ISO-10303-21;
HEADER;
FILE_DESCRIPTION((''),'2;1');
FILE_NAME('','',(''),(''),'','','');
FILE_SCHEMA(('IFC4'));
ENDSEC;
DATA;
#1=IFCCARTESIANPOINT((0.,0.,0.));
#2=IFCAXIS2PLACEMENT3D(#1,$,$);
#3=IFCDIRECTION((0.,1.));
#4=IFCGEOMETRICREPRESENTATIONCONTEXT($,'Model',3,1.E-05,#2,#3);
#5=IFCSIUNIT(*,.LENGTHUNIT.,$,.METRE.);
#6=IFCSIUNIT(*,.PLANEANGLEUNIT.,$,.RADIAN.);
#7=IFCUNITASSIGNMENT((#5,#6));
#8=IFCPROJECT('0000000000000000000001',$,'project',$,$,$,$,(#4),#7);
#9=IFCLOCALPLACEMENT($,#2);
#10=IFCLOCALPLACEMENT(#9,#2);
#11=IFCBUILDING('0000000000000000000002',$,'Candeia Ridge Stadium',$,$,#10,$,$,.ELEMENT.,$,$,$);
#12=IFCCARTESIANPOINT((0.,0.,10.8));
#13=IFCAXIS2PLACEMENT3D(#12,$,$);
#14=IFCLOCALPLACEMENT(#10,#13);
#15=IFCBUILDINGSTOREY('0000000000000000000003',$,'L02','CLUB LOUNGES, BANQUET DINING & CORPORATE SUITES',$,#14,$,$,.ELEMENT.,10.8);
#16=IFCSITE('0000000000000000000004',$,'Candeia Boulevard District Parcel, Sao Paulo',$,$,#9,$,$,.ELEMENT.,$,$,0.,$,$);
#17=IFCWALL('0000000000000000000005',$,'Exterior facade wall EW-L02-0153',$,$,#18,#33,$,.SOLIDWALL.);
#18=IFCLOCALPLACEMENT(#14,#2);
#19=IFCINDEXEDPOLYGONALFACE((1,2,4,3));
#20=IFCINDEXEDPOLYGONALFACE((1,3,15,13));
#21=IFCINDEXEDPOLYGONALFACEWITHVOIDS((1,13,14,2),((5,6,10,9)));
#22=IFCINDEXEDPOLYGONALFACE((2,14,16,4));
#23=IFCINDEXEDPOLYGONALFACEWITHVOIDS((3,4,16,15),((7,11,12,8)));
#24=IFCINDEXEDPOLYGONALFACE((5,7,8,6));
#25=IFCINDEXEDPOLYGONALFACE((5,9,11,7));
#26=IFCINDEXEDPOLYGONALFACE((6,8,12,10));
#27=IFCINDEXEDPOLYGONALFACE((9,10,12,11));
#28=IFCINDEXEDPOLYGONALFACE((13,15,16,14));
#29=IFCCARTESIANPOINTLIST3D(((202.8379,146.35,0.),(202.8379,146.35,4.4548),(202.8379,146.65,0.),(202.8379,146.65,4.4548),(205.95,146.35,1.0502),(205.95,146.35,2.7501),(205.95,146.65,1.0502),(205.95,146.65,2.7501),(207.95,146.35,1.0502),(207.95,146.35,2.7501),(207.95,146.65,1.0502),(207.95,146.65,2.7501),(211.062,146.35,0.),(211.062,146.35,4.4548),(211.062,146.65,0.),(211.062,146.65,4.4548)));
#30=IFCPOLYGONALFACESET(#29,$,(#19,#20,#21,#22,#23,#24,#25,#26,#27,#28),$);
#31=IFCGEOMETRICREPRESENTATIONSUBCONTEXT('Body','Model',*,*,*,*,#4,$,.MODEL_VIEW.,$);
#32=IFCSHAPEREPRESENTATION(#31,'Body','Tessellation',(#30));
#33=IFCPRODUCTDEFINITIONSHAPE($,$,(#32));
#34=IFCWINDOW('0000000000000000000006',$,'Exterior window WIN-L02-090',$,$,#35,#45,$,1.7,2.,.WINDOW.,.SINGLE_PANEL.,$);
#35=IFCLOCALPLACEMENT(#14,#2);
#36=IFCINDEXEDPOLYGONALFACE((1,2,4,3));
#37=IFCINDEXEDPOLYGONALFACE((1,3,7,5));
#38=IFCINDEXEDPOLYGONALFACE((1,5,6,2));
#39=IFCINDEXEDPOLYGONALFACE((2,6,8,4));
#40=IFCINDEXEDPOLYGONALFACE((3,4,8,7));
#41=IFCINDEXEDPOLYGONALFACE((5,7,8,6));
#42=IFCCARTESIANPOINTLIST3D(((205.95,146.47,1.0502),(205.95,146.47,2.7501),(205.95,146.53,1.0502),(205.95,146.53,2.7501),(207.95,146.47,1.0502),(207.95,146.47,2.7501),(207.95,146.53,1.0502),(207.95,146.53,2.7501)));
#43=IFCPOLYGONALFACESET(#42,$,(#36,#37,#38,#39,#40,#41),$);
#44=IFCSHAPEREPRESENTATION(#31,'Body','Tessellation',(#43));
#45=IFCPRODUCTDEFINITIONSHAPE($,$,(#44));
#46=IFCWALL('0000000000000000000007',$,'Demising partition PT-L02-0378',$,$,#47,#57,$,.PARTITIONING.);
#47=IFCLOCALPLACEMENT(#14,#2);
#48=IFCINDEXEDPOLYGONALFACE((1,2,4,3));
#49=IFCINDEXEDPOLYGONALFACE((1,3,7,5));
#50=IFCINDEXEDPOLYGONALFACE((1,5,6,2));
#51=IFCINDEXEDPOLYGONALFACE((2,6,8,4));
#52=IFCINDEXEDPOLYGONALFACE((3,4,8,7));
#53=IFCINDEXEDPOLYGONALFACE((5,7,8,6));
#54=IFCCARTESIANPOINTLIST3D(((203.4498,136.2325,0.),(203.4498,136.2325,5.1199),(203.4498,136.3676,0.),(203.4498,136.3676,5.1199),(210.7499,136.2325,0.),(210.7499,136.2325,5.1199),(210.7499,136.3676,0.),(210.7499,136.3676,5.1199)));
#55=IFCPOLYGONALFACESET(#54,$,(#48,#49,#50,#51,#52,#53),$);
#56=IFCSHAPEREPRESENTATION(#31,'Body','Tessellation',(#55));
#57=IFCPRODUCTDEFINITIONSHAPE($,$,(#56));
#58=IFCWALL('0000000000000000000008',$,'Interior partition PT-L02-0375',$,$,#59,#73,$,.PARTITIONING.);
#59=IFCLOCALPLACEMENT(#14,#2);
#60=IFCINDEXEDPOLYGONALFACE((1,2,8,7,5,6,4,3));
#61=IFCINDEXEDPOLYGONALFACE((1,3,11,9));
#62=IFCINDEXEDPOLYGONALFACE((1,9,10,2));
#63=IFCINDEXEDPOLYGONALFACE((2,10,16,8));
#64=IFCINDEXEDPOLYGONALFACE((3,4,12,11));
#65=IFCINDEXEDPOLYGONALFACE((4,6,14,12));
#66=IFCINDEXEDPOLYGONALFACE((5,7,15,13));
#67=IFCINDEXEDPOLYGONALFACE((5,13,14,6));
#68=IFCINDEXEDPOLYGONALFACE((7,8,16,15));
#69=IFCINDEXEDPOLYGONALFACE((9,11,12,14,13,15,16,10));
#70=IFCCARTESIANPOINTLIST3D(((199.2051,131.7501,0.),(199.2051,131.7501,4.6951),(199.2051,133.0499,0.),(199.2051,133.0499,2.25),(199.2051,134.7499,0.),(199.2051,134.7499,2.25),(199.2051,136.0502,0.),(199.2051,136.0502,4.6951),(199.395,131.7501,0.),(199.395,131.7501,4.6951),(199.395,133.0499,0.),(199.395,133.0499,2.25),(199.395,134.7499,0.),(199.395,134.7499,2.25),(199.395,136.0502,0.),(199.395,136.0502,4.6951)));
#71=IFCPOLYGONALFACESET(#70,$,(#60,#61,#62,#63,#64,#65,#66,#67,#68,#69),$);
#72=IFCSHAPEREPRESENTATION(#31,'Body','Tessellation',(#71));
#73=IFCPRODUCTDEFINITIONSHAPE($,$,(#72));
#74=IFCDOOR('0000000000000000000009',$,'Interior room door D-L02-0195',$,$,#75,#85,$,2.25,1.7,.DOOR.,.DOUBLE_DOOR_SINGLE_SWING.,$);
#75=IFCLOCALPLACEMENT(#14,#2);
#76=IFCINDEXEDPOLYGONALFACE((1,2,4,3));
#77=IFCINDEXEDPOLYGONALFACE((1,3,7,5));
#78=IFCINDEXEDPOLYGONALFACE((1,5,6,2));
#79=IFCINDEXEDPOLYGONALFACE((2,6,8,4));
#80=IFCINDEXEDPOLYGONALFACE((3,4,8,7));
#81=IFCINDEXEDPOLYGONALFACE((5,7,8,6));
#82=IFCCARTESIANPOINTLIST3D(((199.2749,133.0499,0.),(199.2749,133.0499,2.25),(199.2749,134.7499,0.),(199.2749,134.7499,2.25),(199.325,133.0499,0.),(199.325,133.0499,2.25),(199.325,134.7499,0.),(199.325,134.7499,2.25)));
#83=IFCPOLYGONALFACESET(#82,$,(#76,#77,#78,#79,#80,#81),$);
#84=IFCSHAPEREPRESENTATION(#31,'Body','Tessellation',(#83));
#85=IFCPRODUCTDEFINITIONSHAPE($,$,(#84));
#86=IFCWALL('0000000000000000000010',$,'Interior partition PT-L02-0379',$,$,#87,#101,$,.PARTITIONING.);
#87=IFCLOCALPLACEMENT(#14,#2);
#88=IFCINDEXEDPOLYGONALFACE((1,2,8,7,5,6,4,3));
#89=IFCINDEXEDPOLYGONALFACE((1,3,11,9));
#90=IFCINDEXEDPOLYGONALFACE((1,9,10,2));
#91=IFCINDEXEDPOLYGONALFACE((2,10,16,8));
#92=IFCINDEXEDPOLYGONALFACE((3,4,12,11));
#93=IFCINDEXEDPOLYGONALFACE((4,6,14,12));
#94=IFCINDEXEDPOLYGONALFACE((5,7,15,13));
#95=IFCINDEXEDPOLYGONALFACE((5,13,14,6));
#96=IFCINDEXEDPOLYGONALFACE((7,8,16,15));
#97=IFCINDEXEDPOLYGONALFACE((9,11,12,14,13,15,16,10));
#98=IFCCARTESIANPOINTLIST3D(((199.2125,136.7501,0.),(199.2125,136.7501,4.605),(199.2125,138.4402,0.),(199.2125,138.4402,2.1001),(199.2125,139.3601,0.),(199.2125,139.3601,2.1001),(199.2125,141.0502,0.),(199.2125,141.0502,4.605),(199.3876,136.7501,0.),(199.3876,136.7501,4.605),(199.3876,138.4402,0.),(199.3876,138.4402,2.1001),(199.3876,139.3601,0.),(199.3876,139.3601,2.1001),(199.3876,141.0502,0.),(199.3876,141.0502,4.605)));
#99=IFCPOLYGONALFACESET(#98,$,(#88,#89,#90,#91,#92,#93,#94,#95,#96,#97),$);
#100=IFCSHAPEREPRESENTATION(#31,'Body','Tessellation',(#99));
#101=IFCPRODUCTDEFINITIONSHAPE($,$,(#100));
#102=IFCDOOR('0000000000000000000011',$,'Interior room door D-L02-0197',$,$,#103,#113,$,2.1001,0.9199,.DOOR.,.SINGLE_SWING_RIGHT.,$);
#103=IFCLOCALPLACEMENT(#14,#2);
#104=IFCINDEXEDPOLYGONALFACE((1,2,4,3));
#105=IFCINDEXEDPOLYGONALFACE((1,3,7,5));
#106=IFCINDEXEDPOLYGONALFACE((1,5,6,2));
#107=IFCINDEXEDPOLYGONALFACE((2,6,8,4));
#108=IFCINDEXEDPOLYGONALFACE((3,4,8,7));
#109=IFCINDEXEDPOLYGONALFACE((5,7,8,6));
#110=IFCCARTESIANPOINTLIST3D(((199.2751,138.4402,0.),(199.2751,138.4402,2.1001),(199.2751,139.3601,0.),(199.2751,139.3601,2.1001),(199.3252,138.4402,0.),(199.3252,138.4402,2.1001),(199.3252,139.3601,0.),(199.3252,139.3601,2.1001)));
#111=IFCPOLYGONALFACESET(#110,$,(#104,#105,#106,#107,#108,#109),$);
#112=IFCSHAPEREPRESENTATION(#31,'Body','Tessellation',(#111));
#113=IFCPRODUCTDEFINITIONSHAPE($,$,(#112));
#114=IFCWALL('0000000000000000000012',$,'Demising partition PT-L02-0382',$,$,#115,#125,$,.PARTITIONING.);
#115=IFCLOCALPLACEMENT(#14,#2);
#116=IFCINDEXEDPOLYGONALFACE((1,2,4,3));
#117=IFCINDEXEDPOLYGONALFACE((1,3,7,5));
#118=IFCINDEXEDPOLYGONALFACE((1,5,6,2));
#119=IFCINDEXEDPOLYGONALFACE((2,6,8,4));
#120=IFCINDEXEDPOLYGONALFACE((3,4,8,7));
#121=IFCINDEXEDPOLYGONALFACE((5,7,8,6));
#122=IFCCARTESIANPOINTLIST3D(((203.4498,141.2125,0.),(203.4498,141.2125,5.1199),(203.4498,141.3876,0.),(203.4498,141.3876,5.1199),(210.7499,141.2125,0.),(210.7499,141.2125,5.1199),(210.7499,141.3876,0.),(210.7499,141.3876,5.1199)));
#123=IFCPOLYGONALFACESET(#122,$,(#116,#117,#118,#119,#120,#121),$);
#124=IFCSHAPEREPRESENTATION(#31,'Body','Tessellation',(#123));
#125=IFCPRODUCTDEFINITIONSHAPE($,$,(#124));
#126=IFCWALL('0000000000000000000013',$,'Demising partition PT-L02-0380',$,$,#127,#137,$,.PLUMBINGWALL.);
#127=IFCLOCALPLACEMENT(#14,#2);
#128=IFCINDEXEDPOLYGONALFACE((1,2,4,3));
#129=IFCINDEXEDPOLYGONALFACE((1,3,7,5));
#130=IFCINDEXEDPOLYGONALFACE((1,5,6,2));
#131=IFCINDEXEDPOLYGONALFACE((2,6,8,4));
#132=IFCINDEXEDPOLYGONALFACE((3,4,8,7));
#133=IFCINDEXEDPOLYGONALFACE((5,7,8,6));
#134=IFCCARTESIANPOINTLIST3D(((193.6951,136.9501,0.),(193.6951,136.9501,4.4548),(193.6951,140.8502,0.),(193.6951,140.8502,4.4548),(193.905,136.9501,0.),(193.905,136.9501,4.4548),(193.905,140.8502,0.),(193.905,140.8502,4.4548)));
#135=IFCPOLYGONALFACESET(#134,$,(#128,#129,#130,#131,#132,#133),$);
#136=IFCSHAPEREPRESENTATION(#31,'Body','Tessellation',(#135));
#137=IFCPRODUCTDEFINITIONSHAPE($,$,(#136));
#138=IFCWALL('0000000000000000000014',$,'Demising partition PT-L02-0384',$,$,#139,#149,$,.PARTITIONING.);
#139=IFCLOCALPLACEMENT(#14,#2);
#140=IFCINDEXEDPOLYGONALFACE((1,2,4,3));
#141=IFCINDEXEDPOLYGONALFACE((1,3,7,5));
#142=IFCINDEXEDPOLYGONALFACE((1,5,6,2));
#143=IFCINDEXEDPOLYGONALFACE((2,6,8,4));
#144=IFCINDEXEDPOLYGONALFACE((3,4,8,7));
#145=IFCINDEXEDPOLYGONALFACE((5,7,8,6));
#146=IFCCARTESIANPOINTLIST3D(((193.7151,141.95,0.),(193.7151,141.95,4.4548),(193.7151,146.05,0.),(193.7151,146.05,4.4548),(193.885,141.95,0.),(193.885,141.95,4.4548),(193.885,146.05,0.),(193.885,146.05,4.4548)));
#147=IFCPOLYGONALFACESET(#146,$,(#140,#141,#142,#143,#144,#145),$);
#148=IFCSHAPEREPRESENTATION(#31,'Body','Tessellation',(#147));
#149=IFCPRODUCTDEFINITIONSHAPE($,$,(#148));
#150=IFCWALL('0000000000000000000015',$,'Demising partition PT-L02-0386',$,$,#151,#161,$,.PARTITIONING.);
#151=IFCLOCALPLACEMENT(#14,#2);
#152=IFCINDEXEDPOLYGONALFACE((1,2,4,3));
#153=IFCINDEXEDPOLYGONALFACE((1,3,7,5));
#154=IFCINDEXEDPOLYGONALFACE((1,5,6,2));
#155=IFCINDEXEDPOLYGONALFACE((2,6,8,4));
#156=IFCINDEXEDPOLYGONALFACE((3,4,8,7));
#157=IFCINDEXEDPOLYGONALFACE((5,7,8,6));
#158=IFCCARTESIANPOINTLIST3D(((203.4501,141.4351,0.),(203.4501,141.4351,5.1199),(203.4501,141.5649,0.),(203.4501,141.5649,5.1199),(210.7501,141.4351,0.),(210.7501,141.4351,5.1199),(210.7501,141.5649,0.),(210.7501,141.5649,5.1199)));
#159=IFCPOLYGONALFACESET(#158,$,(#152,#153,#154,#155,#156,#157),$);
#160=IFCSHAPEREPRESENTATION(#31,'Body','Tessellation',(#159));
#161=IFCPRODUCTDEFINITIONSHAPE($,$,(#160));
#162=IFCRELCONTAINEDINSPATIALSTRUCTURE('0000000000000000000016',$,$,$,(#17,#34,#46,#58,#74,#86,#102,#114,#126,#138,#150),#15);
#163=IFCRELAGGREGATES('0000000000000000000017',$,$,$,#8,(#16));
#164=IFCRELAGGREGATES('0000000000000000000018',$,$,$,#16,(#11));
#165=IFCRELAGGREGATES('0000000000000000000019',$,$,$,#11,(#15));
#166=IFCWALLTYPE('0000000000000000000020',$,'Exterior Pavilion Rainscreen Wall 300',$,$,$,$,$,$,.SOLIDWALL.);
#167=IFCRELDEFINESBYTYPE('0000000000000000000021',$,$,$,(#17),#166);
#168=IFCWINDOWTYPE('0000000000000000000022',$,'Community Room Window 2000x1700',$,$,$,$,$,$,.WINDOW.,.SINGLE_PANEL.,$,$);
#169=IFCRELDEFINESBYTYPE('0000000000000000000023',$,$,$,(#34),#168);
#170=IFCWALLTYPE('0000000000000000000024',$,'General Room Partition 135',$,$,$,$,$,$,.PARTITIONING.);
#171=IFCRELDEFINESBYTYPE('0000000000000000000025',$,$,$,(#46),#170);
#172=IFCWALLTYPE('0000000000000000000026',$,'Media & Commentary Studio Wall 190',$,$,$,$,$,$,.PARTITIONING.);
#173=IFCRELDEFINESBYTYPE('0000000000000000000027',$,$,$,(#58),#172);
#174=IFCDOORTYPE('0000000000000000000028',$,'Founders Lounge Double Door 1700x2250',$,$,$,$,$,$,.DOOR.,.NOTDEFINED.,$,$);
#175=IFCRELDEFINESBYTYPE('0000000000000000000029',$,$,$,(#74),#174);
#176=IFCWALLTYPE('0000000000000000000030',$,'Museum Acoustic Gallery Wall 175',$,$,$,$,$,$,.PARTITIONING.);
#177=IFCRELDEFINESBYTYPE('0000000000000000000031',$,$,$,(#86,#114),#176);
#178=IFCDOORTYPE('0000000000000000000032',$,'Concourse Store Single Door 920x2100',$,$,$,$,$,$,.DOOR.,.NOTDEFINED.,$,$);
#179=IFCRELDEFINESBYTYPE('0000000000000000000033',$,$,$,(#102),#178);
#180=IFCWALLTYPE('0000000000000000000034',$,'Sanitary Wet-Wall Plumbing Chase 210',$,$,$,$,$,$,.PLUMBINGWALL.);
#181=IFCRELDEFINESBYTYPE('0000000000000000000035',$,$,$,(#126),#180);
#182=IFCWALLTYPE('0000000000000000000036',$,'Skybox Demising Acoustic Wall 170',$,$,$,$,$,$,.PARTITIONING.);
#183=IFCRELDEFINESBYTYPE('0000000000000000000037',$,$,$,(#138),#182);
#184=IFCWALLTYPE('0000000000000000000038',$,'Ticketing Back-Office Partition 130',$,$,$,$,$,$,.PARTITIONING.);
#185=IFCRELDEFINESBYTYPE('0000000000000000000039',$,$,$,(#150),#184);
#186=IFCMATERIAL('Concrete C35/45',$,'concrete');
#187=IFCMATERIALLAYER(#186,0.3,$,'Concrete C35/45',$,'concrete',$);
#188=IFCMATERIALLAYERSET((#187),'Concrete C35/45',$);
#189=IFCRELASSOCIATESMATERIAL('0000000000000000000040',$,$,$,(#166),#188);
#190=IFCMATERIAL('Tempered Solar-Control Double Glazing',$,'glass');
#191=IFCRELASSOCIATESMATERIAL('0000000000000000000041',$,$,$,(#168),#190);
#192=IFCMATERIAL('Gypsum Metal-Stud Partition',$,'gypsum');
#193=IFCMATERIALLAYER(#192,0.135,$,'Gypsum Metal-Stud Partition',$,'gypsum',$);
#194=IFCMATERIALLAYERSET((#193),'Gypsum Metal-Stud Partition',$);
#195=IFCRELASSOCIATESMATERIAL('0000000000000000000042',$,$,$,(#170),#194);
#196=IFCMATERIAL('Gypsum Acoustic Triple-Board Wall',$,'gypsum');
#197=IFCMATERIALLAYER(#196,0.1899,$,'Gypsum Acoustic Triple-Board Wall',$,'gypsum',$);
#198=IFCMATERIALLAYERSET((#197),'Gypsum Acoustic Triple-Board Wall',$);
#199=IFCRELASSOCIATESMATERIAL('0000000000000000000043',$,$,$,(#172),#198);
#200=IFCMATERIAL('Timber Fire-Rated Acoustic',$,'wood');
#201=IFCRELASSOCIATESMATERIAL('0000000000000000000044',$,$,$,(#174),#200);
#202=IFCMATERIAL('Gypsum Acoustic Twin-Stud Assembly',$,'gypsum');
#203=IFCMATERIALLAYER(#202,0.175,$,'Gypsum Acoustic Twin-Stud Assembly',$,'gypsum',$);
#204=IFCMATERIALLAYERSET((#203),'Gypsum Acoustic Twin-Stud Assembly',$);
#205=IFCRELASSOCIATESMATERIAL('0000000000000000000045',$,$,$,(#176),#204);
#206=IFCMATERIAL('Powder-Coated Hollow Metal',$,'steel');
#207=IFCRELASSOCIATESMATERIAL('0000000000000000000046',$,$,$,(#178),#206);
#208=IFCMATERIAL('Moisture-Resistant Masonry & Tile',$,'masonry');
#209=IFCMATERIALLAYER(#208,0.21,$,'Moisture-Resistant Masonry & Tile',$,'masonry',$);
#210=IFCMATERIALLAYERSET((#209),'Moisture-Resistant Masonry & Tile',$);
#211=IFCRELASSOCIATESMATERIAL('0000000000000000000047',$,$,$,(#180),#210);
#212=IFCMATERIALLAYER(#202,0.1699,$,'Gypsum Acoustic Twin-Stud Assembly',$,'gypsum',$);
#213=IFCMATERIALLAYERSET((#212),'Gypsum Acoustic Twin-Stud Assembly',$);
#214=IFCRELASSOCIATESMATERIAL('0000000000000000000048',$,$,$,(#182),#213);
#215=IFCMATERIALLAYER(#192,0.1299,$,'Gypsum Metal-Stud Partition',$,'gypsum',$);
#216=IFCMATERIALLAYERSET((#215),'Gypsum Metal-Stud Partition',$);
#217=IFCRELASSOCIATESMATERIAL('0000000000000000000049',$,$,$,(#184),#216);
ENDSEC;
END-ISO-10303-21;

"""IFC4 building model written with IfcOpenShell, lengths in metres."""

from ifc_helpers import new_model, si_unit, direction, frame, frame_2d, origin, place, context, subcontext, project, spatial, rectangle, extrude, material, layer, layer_set, type_object, element, fill, save


model = new_model("IFC4")

# Units and contexts
model_context = context("Model", 3, precision=1e-05, world=origin(), true_north=direction((0.0, 1.0)))
body_context = subcontext(model_context, "Body", "Model", "MODEL_VIEW")
ifc_project = project(units=[si_unit("LENGTHUNIT", "METRE"), si_unit("PLANEANGLEUNIT", "RADIAN")], contexts=[model_context])

# Site, building, storey
site_placement = place(None, origin())
site = spatial("IfcSite", under=ifc_project, at=site_placement, Name="Candeia Boulevard District Parcel, Sao Paulo", CompositionType="ELEMENT", RefElevation=0.0)
building_placement = place(site_placement, origin())
building = spatial("IfcBuilding", under=site, at=building_placement, Name="Candeia Ridge Stadium", CompositionType="ELEMENT")
storey_placement = place(building_placement, frame((0.0, 0.0, 10.8)))
storey = spatial("IfcBuildingStorey", under=building, at=storey_placement, Name="L02", Description="CLUB LOUNGES, BANQUET DINING & CORPORATE SUITES", CompositionType="ELEMENT", Elevation=10.8)

# Shared definitions
ifc_material_1 = material(Name="Gypsum Metal-Stud Partition", Category="gypsum")
ifc_material_2 = material(Name="Gypsum Acoustic Twin-Stud Assembly", Category="gypsum")

# Wall, opening, window
ifc_material_3 = material(Name="Concrete C35/45", Category="concrete")
ifc_material_4 = material(Name="Tempered Solar-Control Double Glazing", Category="glass")
ifc_layer_1 = layer(ifc_material_3, 0.3, Name="Concrete C35/45", Category="concrete")
ifc_layer_set_1 = layer_set([ifc_layer_1], Name="Concrete C35/45")
wall_type_1 = type_object("IfcWallType", Name="Exterior Pavilion Rainscreen Wall 300", PredefinedType="SOLIDWALL", material=ifc_layer_set_1)
window_type_1 = type_object("IfcWindowType", Name="Community Room Window 2000x1700", PartitioningType="SINGLE_PANEL", PredefinedType="WINDOW", material=ifc_material_4)
wall_1_placement = place(storey_placement, frame((202.8379, 146.5, 0.0), z_axis=(0.0, 0.0, 1.0), x_axis=(1.0, 0.0, 0.0)))
wall_1 = element("IfcWall", 1, at=wall_1_placement, inside=storey, type_object=wall_type_1, Name="Exterior facade wall EW-L02-0153", PredefinedType="SOLIDWALL", context=body_context, shape_type="SweptSolid", body=[
    extrude(rectangle(XDim=8.2241, YDim=0.3, at=frame_2d((4.1121, 0.0))), origin(), (0.0, 0.0, 1.0), 4.4548),
])
opening_1_placement = place(wall_1_placement, frame((3.1121, 0.0, 1.05)))
opening_1 = element("IfcOpeningElement", 2, at=opening_1_placement, cuts=wall_1, PredefinedType="OPENING", context=body_context, shape_type="SweptSolid", body=[
    extrude(rectangle(XDim=2.0, YDim=1.7, at=frame_2d((1.0, 0.8501))), frame((0.0, 0.1599, 0.0), z_axis=(0.0, -1.0, 0.0), x_axis=(1.0, 0.0, 0.0)), (0.0, 0.0, 1.0), 0.3201),
])
window_1_placement = place(opening_1_placement, origin())
window_1 = element("IfcWindow", 3, at=window_1_placement, inside=storey, type_object=window_type_1, Name="Exterior window WIN-L02-090", OverallHeight=1.7, OverallWidth=2.0, PartitioningType="SINGLE_PANEL", PredefinedType="WINDOW", context=body_context, shape_type="SweptSolid", body=[
    extrude(rectangle(XDim=2.0, YDim=1.7, at=frame_2d((1.0, 0.8501))), frame((0.0, 0.03, 0.0), z_axis=(0.0, -1.0, 0.0), x_axis=(1.0, 0.0, 0.0)), (0.0, 0.0, 1.0), 0.0601),
])
fill(opening_1, window_1)

# Wall
ifc_layer_2 = layer(ifc_material_1, 0.135, Name="Gypsum Metal-Stud Partition", Category="gypsum")
ifc_layer_set_2 = layer_set([ifc_layer_2], Name="Gypsum Metal-Stud Partition")
wall_type_2 = type_object("IfcWallType", Name="General Room Partition 135", PredefinedType="PARTITIONING", material=ifc_layer_set_2)
wall_2_placement = place(storey_placement, frame((203.45, 136.3, 0.0), z_axis=(0.0, 0.0, 1.0), x_axis=(1.0, 0.0, 0.0)))
element("IfcWall", 4, at=wall_2_placement, inside=storey, type_object=wall_type_2, Name="Demising partition PT-L02-0378", PredefinedType="PARTITIONING", context=body_context, shape_type="SweptSolid", body=[
    extrude(rectangle(XDim=7.3, YDim=0.135, at=frame_2d((3.6499, 0.0))), origin(), (0.0, 0.0, 1.0), 5.1199),
])

# Walls, openings, doors
ifc_material_5 = material(Name="Gypsum Acoustic Triple-Board Wall", Category="gypsum")
ifc_layer_3 = layer(ifc_material_5, 0.1899, Name="Gypsum Acoustic Triple-Board Wall", Category="gypsum")
ifc_layer_set_3 = layer_set([ifc_layer_3], Name="Gypsum Acoustic Triple-Board Wall")
wall_type_3 = type_object("IfcWallType", Name="Media & Commentary Studio Wall 190", PredefinedType="PARTITIONING", material=ifc_layer_set_3)
wall_3_placement = place(storey_placement, frame((199.3, 136.05, 0.0), z_axis=(0.0, 0.0, 1.0), x_axis=(0.0, -1.0, 0.0)))
wall_3 = element("IfcWall", 5, at=wall_3_placement, inside=storey, type_object=wall_type_3, Name="Interior partition PT-L02-0375", PredefinedType="PARTITIONING", context=body_context, shape_type="SweptSolid", body=[
    extrude(rectangle(XDim=4.3, YDim=0.1899, at=frame_2d((2.1499, 0.0))), origin(), (0.0, 0.0, 1.0), 4.6951),
])
opening_2_placement = place(wall_3_placement, frame((1.3, 0.0, 0.0)))
opening_2 = element("IfcOpeningElement", 6, at=opening_2_placement, cuts=wall_3, PredefinedType="OPENING", context=body_context, shape_type="SweptSolid", body=[
    extrude(rectangle(XDim=1.7, YDim=2.25, at=frame_2d((0.8501, 1.125))), frame((0.0, 0.105, 0.0), z_axis=(0.0, -1.0, 0.0), x_axis=(1.0, 0.0, 0.0)), (0.0, 0.0, 1.0), 0.21),
])
ifc_material_6 = material(Name="Timber Fire-Rated Acoustic", Category="wood")
door_type_1 = type_object("IfcDoorType", Name="Founders Lounge Double Door 1700x2250", OperationType="NOTDEFINED", PredefinedType="DOOR", material=ifc_material_6)
door_1_placement = place(opening_2_placement, origin())
door_1 = element("IfcDoor", 7, at=door_1_placement, inside=storey, type_object=door_type_1, Name="Interior room door D-L02-0195", OperationType="DOUBLE_DOOR_SINGLE_SWING", OverallHeight=2.25, OverallWidth=1.7, PredefinedType="DOOR", context=body_context, shape_type="SweptSolid", body=[
    extrude(rectangle(XDim=1.7, YDim=2.25, at=frame_2d((0.8501, 1.125))), frame((0.0, 0.0249, 0.0), z_axis=(0.0, -1.0, 0.0), x_axis=(1.0, 0.0, 0.0)), (0.0, 0.0, 1.0), 0.05),
])
fill(opening_2, door_1)
ifc_layer_4 = layer(ifc_material_2, 0.175, Name="Gypsum Acoustic Twin-Stud Assembly", Category="gypsum")
ifc_layer_set_4 = layer_set([ifc_layer_4], Name="Gypsum Acoustic Twin-Stud Assembly")
wall_type_4 = type_object("IfcWallType", Name="Museum Acoustic Gallery Wall 175", PredefinedType="PARTITIONING", material=ifc_layer_set_4)
wall_4_placement = place(storey_placement, frame((199.3, 141.05, 0.0), z_axis=(0.0, 0.0, 1.0), x_axis=(0.0, -1.0, 0.0)))
wall_4 = element("IfcWall", 8, at=wall_4_placement, inside=storey, type_object=wall_type_4, Name="Interior partition PT-L02-0379", PredefinedType="PARTITIONING", context=body_context, shape_type="SweptSolid", body=[
    extrude(rectangle(XDim=4.3, YDim=0.175, at=frame_2d((2.1499, 0.0))), origin(), (0.0, 0.0, 1.0), 4.605),
])
opening_3_placement = place(wall_4_placement, frame((1.6899, 0.0, 0.0)))
opening_3 = element("IfcOpeningElement", 9, at=opening_3_placement, cuts=wall_4, PredefinedType="OPENING", context=body_context, shape_type="SweptSolid", body=[
    extrude(rectangle(XDim=0.9199, YDim=2.1001, at=frame_2d((0.46, 1.05))), frame((0.0, 0.0974, 0.0), z_axis=(0.0, -1.0, 0.0), x_axis=(1.0, 0.0, 0.0)), (0.0, 0.0, 1.0), 0.1951),
])
ifc_material_7 = material(Name="Powder-Coated Hollow Metal", Category="steel")
door_type_2 = type_object("IfcDoorType", Name="Concourse Store Single Door 920x2100", OperationType="NOTDEFINED", PredefinedType="DOOR", material=ifc_material_7)
door_2_placement = place(opening_3_placement, frame((0.9199, 0.0, 0.0), z_axis=(0.0, 0.0, 1.0), x_axis=(-1.0, 0.0, 0.0)))
door_2 = element("IfcDoor", 10, at=door_2_placement, inside=storey, type_object=door_type_2, Name="Interior room door D-L02-0197", OperationType="SINGLE_SWING_RIGHT", OverallHeight=2.1001, OverallWidth=0.9199, PredefinedType="DOOR", context=body_context, shape_type="SweptSolid", body=[
    extrude(rectangle(XDim=0.9199, YDim=2.1001, at=frame_2d((0.46, 1.05))), frame((0.0, 0.0249, 0.0), z_axis=(0.0, -1.0, 0.0), x_axis=(1.0, 0.0, 0.0)), (0.0, 0.0, 1.0), 0.05),
])
fill(opening_3, door_2)

# Walls
wall_5_placement = place(storey_placement, frame((203.45, 141.3, 0.0), z_axis=(0.0, 0.0, 1.0), x_axis=(1.0, 0.0, 0.0)))
element("IfcWall", 11, at=wall_5_placement, inside=storey, type_object=wall_type_4, Name="Demising partition PT-L02-0382", PredefinedType="PARTITIONING", context=body_context, shape_type="SweptSolid", body=[
    extrude(rectangle(XDim=7.3, YDim=0.175, at=frame_2d((3.6499, 0.0))), origin(), (0.0, 0.0, 1.0), 5.1199),
])
ifc_material_8 = material(Name="Moisture-Resistant Masonry & Tile", Category="masonry")
ifc_layer_5 = layer(ifc_material_8, 0.21, Name="Moisture-Resistant Masonry & Tile", Category="masonry")
ifc_layer_set_5 = layer_set([ifc_layer_5], Name="Moisture-Resistant Masonry & Tile")
wall_type_5 = type_object("IfcWallType", Name="Sanitary Wet-Wall Plumbing Chase 210", PredefinedType="PLUMBINGWALL", material=ifc_layer_set_5)
wall_6_placement = place(storey_placement, frame((193.8, 136.95, 0.0), z_axis=(0.0, 0.0, 1.0), x_axis=(0.0, 1.0, 0.0)))
element("IfcWall", 12, at=wall_6_placement, inside=storey, type_object=wall_type_5, Name="Demising partition PT-L02-0380", PredefinedType="PLUMBINGWALL", context=body_context, shape_type="SweptSolid", body=[
    extrude(rectangle(XDim=3.9001, YDim=0.21, at=frame_2d((1.9502, 0.0))), origin(), (0.0, 0.0, 1.0), 4.4548),
])
ifc_layer_6 = layer(ifc_material_2, 0.1699, Name="Gypsum Acoustic Twin-Stud Assembly", Category="gypsum")
ifc_layer_set_6 = layer_set([ifc_layer_6], Name="Gypsum Acoustic Twin-Stud Assembly")
wall_type_6 = type_object("IfcWallType", Name="Skybox Demising Acoustic Wall 170", PredefinedType="PARTITIONING", material=ifc_layer_set_6)
wall_7_placement = place(storey_placement, frame((193.8, 141.95, 0.0), z_axis=(0.0, 0.0, 1.0), x_axis=(0.0, 1.0, 0.0)))
element("IfcWall", 13, at=wall_7_placement, inside=storey, type_object=wall_type_6, Name="Demising partition PT-L02-0384", PredefinedType="PARTITIONING", context=body_context, shape_type="SweptSolid", body=[
    extrude(rectangle(XDim=4.1001, YDim=0.1699, at=frame_2d((2.05, 0.0))), origin(), (0.0, 0.0, 1.0), 4.4548),
])
ifc_layer_7 = layer(ifc_material_1, 0.1299, Name="Gypsum Metal-Stud Partition", Category="gypsum")
ifc_layer_set_7 = layer_set([ifc_layer_7], Name="Gypsum Metal-Stud Partition")
wall_type_7 = type_object("IfcWallType", Name="Ticketing Back-Office Partition 130", PredefinedType="PARTITIONING", material=ifc_layer_set_7)
wall_8_placement = place(storey_placement, frame((210.75, 141.5, 0.0), z_axis=(0.0, 0.0, 1.0), x_axis=(-1.0, 0.0, 0.0)))
element("IfcWall", 14, at=wall_8_placement, inside=storey, type_object=wall_type_7, Name="Demising partition PT-L02-0386", PredefinedType="PARTITIONING", context=body_context, shape_type="SweptSolid", body=[
    extrude(rectangle(XDim=7.3, YDim=0.1299, at=frame_2d((3.6499, 0.0))), origin(), (0.0, 0.0, 1.0), 5.1199),
])

save(model, "model.ifc")
